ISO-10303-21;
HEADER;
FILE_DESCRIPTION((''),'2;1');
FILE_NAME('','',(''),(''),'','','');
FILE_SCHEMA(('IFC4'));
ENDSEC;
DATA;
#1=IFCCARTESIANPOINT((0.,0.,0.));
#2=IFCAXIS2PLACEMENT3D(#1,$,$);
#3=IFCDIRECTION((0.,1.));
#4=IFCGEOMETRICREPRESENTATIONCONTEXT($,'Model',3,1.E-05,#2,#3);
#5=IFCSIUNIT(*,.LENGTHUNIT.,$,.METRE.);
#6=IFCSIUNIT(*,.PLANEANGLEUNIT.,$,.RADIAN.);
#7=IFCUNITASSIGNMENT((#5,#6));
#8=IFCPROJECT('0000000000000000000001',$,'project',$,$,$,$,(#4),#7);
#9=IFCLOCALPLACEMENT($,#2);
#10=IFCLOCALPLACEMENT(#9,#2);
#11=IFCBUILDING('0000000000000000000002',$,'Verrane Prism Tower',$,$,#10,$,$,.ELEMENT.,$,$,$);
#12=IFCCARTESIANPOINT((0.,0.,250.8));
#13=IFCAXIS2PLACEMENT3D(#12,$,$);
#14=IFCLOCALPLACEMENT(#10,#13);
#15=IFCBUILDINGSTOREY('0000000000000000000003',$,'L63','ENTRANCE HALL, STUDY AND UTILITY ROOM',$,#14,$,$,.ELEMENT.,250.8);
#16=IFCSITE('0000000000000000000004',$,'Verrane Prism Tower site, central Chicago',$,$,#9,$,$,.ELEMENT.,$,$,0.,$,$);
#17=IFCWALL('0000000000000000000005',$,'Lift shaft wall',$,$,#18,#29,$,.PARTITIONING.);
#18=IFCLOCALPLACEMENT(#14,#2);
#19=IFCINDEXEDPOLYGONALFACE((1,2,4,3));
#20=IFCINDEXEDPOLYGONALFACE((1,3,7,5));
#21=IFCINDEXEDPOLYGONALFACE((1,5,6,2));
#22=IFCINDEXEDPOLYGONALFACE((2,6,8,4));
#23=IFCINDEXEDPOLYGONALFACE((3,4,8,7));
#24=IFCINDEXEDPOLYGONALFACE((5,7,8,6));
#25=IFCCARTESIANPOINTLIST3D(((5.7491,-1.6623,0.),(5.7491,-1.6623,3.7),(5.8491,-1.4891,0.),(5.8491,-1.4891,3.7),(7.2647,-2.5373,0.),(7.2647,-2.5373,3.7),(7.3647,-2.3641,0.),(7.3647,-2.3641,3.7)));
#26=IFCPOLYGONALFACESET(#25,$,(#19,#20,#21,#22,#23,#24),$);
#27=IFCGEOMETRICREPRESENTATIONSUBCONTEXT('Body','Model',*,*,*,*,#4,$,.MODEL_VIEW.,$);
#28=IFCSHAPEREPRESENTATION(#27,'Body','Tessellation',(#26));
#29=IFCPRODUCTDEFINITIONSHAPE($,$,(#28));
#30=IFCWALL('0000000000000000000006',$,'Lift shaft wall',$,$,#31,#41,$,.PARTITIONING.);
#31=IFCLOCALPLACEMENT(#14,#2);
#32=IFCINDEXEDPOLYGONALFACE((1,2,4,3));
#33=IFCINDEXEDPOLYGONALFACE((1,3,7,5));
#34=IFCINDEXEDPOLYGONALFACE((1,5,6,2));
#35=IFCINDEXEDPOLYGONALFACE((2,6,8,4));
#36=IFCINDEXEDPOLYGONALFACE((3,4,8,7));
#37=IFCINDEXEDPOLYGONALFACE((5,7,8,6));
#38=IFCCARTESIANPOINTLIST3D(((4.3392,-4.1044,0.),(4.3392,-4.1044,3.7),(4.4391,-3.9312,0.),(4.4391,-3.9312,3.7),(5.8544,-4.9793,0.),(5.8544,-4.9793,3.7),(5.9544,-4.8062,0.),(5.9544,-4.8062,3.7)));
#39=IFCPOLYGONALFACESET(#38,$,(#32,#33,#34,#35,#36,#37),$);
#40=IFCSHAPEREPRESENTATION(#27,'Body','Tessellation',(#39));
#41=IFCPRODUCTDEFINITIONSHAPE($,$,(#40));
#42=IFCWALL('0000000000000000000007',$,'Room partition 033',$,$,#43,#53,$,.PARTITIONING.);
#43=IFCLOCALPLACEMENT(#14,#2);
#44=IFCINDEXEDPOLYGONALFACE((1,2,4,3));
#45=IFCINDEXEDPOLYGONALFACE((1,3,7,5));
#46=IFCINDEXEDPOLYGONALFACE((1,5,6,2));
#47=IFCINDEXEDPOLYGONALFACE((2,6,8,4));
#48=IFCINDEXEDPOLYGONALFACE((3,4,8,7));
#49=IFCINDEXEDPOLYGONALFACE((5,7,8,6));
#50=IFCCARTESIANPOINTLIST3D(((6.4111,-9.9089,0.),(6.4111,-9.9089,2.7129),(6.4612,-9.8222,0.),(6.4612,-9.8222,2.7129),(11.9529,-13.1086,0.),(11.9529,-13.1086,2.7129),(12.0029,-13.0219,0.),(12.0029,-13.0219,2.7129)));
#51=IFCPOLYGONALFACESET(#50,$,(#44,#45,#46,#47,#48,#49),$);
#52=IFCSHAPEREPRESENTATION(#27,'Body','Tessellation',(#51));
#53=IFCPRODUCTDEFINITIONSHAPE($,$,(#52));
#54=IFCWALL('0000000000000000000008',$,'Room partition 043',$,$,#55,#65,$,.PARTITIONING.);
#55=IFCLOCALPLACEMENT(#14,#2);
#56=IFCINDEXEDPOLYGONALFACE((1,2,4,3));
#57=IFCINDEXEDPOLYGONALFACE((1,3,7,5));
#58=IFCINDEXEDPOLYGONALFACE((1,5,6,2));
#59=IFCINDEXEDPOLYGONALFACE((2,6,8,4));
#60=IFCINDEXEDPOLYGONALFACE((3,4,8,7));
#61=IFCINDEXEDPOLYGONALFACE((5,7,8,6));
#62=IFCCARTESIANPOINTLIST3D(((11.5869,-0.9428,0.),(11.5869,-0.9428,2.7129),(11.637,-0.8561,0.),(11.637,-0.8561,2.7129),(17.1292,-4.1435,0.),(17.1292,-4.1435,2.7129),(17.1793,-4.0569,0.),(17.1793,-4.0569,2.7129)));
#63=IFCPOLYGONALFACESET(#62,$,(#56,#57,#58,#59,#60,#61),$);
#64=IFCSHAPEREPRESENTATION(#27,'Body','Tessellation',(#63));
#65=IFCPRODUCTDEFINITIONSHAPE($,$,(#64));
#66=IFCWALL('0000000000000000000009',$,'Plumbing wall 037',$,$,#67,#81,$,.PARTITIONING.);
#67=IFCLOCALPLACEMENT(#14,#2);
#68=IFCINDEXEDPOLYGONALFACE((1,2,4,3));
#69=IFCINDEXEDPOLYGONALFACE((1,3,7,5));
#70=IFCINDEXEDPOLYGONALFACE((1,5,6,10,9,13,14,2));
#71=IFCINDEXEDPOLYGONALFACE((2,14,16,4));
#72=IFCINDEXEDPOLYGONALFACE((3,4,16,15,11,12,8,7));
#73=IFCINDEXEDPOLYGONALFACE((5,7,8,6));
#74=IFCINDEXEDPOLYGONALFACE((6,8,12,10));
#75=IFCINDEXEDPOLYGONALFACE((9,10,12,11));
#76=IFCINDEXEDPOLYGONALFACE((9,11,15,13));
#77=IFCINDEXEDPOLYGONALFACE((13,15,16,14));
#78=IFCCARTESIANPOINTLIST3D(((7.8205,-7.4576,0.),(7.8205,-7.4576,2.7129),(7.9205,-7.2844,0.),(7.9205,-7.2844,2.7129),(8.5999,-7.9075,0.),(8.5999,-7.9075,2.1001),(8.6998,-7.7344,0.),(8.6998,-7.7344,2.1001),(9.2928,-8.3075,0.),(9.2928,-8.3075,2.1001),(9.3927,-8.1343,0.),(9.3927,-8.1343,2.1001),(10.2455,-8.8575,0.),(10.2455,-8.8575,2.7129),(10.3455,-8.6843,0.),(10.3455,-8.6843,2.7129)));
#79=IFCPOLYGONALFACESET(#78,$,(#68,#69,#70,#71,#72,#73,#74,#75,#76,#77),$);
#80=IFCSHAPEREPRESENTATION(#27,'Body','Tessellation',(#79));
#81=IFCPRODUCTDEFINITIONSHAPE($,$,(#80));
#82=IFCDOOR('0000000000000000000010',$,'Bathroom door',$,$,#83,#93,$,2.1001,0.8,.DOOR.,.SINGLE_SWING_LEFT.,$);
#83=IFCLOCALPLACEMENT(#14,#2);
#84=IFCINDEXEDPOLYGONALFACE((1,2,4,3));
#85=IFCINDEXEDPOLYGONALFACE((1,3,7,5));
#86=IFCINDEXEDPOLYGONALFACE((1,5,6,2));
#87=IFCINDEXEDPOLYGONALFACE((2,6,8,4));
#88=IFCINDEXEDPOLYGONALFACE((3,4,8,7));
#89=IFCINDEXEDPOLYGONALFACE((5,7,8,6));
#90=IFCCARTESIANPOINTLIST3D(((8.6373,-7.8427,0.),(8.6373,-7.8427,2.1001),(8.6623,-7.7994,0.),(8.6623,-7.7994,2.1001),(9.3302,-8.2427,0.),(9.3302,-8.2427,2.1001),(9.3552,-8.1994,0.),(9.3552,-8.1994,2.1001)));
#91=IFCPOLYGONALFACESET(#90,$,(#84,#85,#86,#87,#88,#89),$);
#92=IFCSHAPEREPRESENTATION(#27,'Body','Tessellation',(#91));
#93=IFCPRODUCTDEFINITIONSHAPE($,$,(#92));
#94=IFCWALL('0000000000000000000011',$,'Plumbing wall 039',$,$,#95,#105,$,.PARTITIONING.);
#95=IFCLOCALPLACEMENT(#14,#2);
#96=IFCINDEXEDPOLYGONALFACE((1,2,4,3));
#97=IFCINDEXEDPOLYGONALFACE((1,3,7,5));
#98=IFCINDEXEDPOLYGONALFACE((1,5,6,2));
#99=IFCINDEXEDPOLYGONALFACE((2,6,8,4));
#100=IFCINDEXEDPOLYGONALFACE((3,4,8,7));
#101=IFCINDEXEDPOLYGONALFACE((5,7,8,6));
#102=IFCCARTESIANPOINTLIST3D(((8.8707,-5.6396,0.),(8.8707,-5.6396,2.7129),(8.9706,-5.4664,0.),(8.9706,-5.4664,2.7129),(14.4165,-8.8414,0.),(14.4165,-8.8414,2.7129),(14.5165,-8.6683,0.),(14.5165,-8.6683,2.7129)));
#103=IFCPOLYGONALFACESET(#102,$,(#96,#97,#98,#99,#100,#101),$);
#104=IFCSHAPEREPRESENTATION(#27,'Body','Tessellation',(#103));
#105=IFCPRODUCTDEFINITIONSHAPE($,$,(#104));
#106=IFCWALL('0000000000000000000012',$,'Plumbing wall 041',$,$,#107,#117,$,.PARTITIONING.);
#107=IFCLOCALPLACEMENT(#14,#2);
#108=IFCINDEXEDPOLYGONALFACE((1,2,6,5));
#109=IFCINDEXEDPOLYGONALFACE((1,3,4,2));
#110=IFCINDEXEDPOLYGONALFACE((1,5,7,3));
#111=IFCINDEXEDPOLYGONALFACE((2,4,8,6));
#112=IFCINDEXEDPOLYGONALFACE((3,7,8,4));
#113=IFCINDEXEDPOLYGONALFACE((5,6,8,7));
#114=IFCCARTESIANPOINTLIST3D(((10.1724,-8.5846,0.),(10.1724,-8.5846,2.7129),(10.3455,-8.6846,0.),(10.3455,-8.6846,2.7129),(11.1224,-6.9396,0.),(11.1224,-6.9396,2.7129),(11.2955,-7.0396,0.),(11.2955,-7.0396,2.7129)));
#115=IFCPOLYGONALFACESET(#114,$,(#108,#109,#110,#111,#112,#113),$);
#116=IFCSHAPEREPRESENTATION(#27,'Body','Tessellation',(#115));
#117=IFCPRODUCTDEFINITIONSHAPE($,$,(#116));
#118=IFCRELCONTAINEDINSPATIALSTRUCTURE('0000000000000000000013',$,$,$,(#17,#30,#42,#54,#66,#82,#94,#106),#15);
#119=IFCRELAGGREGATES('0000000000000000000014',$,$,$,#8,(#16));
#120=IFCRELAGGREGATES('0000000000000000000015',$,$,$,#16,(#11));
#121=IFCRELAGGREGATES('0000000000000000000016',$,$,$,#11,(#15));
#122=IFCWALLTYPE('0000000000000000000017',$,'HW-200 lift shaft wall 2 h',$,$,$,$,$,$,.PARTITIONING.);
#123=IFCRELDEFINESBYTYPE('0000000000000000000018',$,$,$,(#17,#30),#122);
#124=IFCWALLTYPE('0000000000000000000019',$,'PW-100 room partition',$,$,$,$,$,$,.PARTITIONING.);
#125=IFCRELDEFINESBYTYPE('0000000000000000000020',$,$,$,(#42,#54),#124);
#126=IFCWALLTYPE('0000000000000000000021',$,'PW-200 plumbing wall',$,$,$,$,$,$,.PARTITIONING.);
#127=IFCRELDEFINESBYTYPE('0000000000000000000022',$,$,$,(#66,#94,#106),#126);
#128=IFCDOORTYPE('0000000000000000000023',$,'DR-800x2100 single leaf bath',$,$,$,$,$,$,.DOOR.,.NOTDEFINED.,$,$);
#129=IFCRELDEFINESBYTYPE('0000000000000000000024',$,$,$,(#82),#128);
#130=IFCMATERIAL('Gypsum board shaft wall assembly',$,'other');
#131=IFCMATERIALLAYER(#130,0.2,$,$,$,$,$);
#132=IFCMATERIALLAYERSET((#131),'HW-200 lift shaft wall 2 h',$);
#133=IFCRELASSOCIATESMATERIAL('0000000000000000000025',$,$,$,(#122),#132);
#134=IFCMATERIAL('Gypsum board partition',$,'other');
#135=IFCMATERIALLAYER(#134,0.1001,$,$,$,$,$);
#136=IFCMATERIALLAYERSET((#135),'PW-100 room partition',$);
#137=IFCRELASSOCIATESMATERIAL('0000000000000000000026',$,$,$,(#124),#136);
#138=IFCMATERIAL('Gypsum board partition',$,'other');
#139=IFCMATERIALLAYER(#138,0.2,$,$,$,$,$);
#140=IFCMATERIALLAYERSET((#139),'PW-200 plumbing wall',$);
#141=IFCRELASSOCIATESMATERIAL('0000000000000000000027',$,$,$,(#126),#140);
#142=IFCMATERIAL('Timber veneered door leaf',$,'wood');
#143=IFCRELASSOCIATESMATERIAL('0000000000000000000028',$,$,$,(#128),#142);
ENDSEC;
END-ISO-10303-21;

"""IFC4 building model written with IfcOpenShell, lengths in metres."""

from ifc_helpers import new_model, si_unit, direction, frame, frame_2d, origin, place, context, subcontext, project, spatial, rectangle, extrude, material, layer, layer_set, type_object, element, fill, save


model = new_model("IFC4")

# Units and contexts
model_context = context("Model", 3, precision=1e-05, world=origin(), true_north=direction((0.0, 1.0)))
body_context = subcontext(model_context, "Body", "Model", "MODEL_VIEW")
ifc_project = project(units=[si_unit("LENGTHUNIT", "METRE"), si_unit("PLANEANGLEUNIT", "RADIAN")], contexts=[model_context])

# Site, building, storey
site_placement = place(None, origin())
site = spatial("IfcSite", under=ifc_project, at=site_placement, Name="Verrane Prism Tower site, central Chicago", CompositionType="ELEMENT", RefElevation=0.0)
building_placement = place(site_placement, origin())
building = spatial("IfcBuilding", under=site, at=building_placement, Name="Verrane Prism Tower", CompositionType="ELEMENT")
storey_placement = place(building_placement, frame((0.0, 0.0, 250.8)))
storey = spatial("IfcBuildingStorey", under=building, at=storey_placement, Name="L63", Description="ENTRANCE HALL, STUDY AND UTILITY ROOM", CompositionType="ELEMENT", Elevation=250.8)

# Walls
ifc_material_1 = material(Name="Gypsum board shaft wall assembly", Category="other")
ifc_layer_1 = layer(ifc_material_1, 0.2)
ifc_layer_set_1 = layer_set([ifc_layer_1], Name="HW-200 lift shaft wall 2 h")
wall_type_1 = type_object("IfcWallType", Name="HW-200 lift shaft wall 2 h", PredefinedType="PARTITIONING", material=ifc_layer_set_1)
for number, where, z_axis, x_axis, name in (
    (1, (7.3147, -2.4507, 0.0), (0.0, 0.0, 1.0), (-0.866037, 0.49998, 0.0), "Lift shaft wall"),
):
    element("IfcWall", number, at=place(storey_placement, frame(where, z_axis=z_axis, x_axis=x_axis)), inside=storey, type_object=wall_type_1, Name=name, PredefinedType="PARTITIONING", context=body_context, shape_type="SweptSolid", body=[
        extrude(rectangle(XDim=1.75, YDim=0.2, at=frame_2d((0.875, 0.0))), origin(), (0.0, 0.0, 1.0), 3.7),
    ])
wall_1_placement = place(storey_placement, frame((5.9045, -4.8928, 0.0), z_axis=(0.0, 0.0, 1.0), x_axis=(-0.866002, 0.50004, 0.0)))
element("IfcWall", 2, at=wall_1_placement, inside=storey, type_object=wall_type_1, Name="Lift shaft wall", PredefinedType="PARTITIONING", context=body_context, shape_type="SweptSolid", body=[
    extrude(rectangle(XDim=1.7498, YDim=0.2, at=frame_2d((0.875, 0.0))), origin(), (0.0, 0.0, 1.0), 3.7),
])
ifc_material_2 = material(Name="Gypsum board partition", Category="other")
ifc_layer_2 = layer(ifc_material_2, 0.1001)
ifc_layer_set_2 = layer_set([ifc_layer_2], Name="PW-100 room partition")
wall_type_2 = type_object("IfcWallType", Name="PW-100 room partition", PredefinedType="PARTITIONING", material=ifc_layer_set_2)
wall_2_placement = place(storey_placement, frame((6.436, -9.8655, 0.0), z_axis=(0.0, 0.0, 1.0), x_axis=(0.866013, -0.500021, 0.0)))
element("IfcWall", 3, at=wall_2_placement, inside=storey, type_object=wall_type_2, Name="Room partition 033", PredefinedType="PARTITIONING", context=body_context, shape_type="SweptSolid", body=[
    extrude(rectangle(XDim=6.3992, YDim=0.1001, at=frame_2d((3.1997, 0.0))), origin(), (0.0, 0.0, 1.0), 2.7129),
])
wall_3_placement = place(storey_placement, frame((11.6118, -0.8994, 0.0), z_axis=(0.0, 0.0, 1.0), x_axis=(0.865966, -0.500102, 0.0)))
element("IfcWall", 4, at=wall_3_placement, inside=storey, type_object=wall_type_2, Name="Room partition 043", PredefinedType="PARTITIONING", context=body_context, shape_type="SweptSolid", body=[
    extrude(rectangle(XDim=6.4001, YDim=0.1001, at=frame_2d((3.2002, 0.0))), origin(), (0.0, 0.0, 1.0), 2.7129),
])

# Wall, opening, door
ifc_material_3 = material(Name="Gypsum board partition", Category="other")
ifc_layer_3 = layer(ifc_material_3, 0.2)
ifc_layer_set_3 = layer_set([ifc_layer_3], Name="PW-200 plumbing wall")
wall_type_3 = type_object("IfcWallType", Name="PW-200 plumbing wall", PredefinedType="PARTITIONING", material=ifc_layer_set_3)
wall_4_placement = place(storey_placement, frame((7.8706, -7.3711, 0.0), z_axis=(0.0, 0.0, 1.0), x_axis=(0.866056, -0.499946, 0.0)))
wall_4 = element("IfcWall", 5, at=wall_4_placement, inside=storey, type_object=wall_type_3, Name="Plumbing wall 037", PredefinedType="PARTITIONING", context=body_context, shape_type="SweptSolid", body=[
    extrude(rectangle(XDim=2.8, YDim=0.2, at=frame_2d((1.3999, 0.0))), origin(), (0.0, 0.0, 1.0), 2.7129),
])
opening_placement = place(wall_4_placement, frame((0.8999, 0.0, 0.0)))
opening = element("IfcOpeningElement", 6, at=opening_placement, cuts=wall_4, PredefinedType="OPENING", context=body_context, shape_type="SweptSolid", body=[
    extrude(rectangle(XDim=0.8, YDim=2.1001, at=frame_2d((0.3999, 1.05))), frame((0.0, 0.1099, 0.0), z_axis=(0.0, -1.0, 0.0), x_axis=(1.0, 0.0, 0.0)), (0.0, 0.0, 1.0), 0.22),
])
ifc_material_4 = material(Name="Timber veneered door leaf", Category="wood")
door_type = type_object("IfcDoorType", Name="DR-800x2100 single leaf bath", OperationType="NOTDEFINED", PredefinedType="DOOR", material=ifc_material_4)
door_placement = place(opening_placement, origin())
door = element("IfcDoor", 7, at=door_placement, inside=storey, type_object=door_type, Name="Bathroom door", OperationType="SINGLE_SWING_LEFT", OverallHeight=2.1001, OverallWidth=0.8, PredefinedType="DOOR", context=body_context, shape_type="SweptSolid", body=[
    extrude(rectangle(XDim=0.8, YDim=2.1001, at=frame_2d((0.3999, 1.05))), frame((0.0, 0.0249, 0.0), z_axis=(0.0, -1.0, 0.0), x_axis=(1.0, 0.0, 0.0)), (0.0, 0.0, 1.0), 0.05),
])
fill(opening, door)

# Walls
wall_5_placement = place(storey_placement, frame((8.9207, -5.553, 0.0), z_axis=(0.0, 0.0, 1.0), x_axis=(0.866027, -0.499997, 0.0)))
element("IfcWall", 8, at=wall_5_placement, inside=storey, type_object=wall_type_3, Name="Plumbing wall 039", PredefinedType="PARTITIONING", context=body_context, shape_type="SweptSolid", body=[
    extrude(rectangle(XDim=6.4038, YDim=0.2, at=frame_2d((3.2019, 0.0))), origin(), (0.0, 0.0, 1.0), 2.7129),
])
wall_6_placement = place(storey_placement, frame((10.259, -8.6345, 0.0), z_axis=(0.0, 0.0, 1.0), x_axis=(0.500078, 0.86598, 0.0)))
element("IfcWall", 9, at=wall_6_placement, inside=storey, type_object=wall_type_3, Name="Plumbing wall 041", PredefinedType="PARTITIONING", context=body_context, shape_type="SweptSolid", body=[
    extrude(rectangle(XDim=1.8997, YDim=0.2, at=frame_2d((0.9497, 0.0))), origin(), (0.0, 0.0, 1.0), 2.7129),
])

save(model, "model.ifc")
